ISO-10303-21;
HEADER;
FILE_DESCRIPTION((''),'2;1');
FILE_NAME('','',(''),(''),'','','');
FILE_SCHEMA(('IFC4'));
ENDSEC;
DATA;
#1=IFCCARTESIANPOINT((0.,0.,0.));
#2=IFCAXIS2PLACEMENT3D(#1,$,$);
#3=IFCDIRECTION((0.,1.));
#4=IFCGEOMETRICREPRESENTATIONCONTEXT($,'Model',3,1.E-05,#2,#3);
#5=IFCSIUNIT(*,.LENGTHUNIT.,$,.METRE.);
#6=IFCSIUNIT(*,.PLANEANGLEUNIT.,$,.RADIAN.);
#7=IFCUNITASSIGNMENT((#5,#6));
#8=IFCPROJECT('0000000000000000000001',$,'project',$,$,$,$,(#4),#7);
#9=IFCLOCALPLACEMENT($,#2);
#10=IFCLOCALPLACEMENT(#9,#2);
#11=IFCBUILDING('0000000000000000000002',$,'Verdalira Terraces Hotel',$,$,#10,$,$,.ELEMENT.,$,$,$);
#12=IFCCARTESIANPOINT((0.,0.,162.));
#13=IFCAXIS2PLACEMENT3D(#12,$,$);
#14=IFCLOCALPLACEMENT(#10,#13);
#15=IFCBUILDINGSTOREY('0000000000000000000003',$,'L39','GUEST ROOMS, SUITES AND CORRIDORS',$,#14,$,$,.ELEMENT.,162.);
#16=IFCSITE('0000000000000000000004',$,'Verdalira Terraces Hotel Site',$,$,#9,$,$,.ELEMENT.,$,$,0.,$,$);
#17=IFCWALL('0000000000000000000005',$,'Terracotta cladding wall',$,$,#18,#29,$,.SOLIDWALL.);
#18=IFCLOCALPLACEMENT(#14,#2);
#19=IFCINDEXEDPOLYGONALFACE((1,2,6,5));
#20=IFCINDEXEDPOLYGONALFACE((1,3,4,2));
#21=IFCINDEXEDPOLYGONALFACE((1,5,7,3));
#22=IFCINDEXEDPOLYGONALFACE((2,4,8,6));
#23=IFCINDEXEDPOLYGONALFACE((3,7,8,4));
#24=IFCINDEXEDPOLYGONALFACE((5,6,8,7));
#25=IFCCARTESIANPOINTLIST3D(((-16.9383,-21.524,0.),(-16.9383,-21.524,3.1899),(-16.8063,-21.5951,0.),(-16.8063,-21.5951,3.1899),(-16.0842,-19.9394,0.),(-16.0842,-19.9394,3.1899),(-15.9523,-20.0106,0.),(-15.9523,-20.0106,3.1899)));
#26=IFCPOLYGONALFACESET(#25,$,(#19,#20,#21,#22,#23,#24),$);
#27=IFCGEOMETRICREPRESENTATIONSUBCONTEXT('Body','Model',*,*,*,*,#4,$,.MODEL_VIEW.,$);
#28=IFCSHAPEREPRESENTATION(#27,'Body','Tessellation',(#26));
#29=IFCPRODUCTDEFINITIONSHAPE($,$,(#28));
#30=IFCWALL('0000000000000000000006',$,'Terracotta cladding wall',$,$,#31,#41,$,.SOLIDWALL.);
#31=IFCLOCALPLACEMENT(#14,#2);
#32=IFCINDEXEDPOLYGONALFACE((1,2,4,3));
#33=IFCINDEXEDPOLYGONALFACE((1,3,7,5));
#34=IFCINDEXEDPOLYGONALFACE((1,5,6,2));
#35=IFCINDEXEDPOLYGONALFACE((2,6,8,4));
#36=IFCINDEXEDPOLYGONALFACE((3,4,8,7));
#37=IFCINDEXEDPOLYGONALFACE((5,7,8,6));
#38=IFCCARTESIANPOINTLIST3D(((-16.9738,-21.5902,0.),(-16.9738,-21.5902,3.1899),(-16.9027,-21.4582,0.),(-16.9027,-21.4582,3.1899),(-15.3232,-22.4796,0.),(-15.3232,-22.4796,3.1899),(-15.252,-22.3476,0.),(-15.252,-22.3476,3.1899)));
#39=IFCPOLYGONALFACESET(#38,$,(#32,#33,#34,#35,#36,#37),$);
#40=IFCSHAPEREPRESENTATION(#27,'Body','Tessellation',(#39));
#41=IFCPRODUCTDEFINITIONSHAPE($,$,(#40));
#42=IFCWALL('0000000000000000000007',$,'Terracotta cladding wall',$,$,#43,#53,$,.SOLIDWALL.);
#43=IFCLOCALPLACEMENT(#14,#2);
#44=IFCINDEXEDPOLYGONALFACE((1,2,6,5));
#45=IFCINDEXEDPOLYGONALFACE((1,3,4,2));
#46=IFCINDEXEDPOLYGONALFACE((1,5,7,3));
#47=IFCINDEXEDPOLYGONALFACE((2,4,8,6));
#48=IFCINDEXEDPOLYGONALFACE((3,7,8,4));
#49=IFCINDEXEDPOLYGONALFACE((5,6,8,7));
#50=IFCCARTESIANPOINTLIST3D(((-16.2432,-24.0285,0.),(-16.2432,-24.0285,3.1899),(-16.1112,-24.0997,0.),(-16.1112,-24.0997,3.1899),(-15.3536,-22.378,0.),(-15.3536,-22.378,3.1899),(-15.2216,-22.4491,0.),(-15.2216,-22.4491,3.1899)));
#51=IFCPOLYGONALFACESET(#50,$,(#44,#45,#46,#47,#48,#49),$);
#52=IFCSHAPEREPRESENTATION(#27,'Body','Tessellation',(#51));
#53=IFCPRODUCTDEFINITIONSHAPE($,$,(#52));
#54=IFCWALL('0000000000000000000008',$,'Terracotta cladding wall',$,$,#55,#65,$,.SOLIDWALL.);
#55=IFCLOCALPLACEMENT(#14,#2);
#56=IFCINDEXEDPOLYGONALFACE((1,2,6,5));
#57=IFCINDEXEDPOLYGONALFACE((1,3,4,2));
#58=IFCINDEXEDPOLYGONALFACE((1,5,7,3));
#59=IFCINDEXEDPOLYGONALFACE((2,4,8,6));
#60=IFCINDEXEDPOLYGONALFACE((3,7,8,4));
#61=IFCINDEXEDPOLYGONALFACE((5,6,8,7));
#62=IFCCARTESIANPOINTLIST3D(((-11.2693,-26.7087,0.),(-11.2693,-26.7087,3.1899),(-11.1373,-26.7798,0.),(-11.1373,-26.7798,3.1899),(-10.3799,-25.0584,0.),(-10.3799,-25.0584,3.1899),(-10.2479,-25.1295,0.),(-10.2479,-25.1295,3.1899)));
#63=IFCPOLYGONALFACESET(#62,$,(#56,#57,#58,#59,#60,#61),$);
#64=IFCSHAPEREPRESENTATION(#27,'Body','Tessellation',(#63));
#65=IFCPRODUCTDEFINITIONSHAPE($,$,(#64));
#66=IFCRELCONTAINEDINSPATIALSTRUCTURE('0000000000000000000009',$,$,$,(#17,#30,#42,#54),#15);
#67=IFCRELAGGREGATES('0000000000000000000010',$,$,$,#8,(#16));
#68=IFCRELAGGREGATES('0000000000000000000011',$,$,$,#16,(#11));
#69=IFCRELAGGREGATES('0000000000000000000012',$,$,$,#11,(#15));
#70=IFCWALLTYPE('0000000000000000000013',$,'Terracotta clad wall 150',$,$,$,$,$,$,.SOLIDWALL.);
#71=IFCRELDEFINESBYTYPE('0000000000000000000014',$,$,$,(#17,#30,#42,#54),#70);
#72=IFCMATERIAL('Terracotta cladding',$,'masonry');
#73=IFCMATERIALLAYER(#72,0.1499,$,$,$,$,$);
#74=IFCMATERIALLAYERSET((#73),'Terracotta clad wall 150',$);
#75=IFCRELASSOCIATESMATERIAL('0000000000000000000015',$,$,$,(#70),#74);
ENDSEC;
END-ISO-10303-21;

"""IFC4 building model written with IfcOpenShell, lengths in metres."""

from ifc_helpers import new_model, si_unit, direction, frame, frame_2d, origin, place, context, subcontext, project, spatial, rectangle, extrude, material, layer, layer_set, type_object, element, save


model = new_model("IFC4")

# Units and contexts
model_context = context("Model", 3, precision=1e-05, world=origin(), true_north=direction((0.0, 1.0)))
body_context = subcontext(model_context, "Body", "Model", "MODEL_VIEW")
ifc_project = project(units=[si_unit("LENGTHUNIT", "METRE"), si_unit("PLANEANGLEUNIT", "RADIAN")], contexts=[model_context])

# Site, building, storey
site_placement = place(None, origin())
site = spatial("IfcSite", under=ifc_project, at=site_placement, Name="Verdalira Terraces Hotel Site", CompositionType="ELEMENT", RefElevation=0.0)
building_placement = place(site_placement, origin())
building = spatial("IfcBuilding", under=site, at=building_placement, Name="Verdalira Terraces Hotel", CompositionType="ELEMENT")
storey_placement = place(building_placement, frame((0.0, 0.0, 162.0)))
storey = spatial("IfcBuildingStorey", under=building, at=storey_placement, Name="L39", Description="GUEST ROOMS, SUITES AND CORRIDORS", CompositionType="ELEMENT", Elevation=162.0)

# Walls
ifc_material_1 = material(Name="Terracotta cladding", Category="masonry")
ifc_layer_1 = layer(ifc_material_1, 0.1499)
ifc_layer_set_1 = layer_set([ifc_layer_1], Name="Terracotta clad wall 150")
wall_type_1 = type_object("IfcWallType", Name="Terracotta clad wall 150", PredefinedType="SOLIDWALL", material=ifc_layer_set_1)
wall_1_placement = place(storey_placement, frame((-16.0183, -19.9751, 0.0), z_axis=(0.0, 0.0, 1.0), x_axis=(-0.474456, -0.880279, 0.0)))
element("IfcWall", 1, at=wall_1_placement, inside=storey, type_object=wall_type_1, Name="Terracotta cladding wall", PredefinedType="SOLIDWALL", context=body_context, shape_type="SweptSolid", body=[
    extrude(rectangle(XDim=1.8, YDim=0.1499, at=frame_2d((0.8999, 0.0))), origin(), (0.0, 0.0, 1.0), 3.1899),
])
for number, where, z_axis, x_axis, name in (
    (2, (-16.9382, -21.5242, 0.0), (0.0, 0.0, 1.0), (0.880337, -0.474348, 0.0), "Terracotta cladding wall"),
    (3, (-15.2876, -22.4136, 0.0), (0.0, 0.0, 1.0), (-0.474449, -0.880283, 0.0), "Terracotta cladding wall"),
):
    element("IfcWall", number, at=place(storey_placement, frame(where, z_axis=z_axis, x_axis=x_axis)), inside=storey, type_object=wall_type_1, Name=name, PredefinedType="SOLIDWALL", context=body_context, shape_type="SweptSolid", body=[
        extrude(rectangle(XDim=1.875, YDim=0.1499, at=frame_2d((0.9375, 0.0))), origin(), (0.0, 0.0, 1.0), 3.1899),
    ])
wall_2_placement = place(storey_placement, frame((-11.2034, -26.7444, 0.0), z_axis=(0.0, 0.0, 1.0), x_axis=(0.474403, 0.880308, 0.0)))
element("IfcWall", 4, at=wall_2_placement, inside=storey, type_object=wall_type_1, Name="Terracotta cladding wall", PredefinedType="SOLIDWALL", context=body_context, shape_type="SweptSolid", body=[
    extrude(rectangle(XDim=1.8748, YDim=0.1499, at=frame_2d((0.9375, 0.0))), origin(), (0.0, 0.0, 1.0), 3.1899),
])

save(model, "model.ifc")
